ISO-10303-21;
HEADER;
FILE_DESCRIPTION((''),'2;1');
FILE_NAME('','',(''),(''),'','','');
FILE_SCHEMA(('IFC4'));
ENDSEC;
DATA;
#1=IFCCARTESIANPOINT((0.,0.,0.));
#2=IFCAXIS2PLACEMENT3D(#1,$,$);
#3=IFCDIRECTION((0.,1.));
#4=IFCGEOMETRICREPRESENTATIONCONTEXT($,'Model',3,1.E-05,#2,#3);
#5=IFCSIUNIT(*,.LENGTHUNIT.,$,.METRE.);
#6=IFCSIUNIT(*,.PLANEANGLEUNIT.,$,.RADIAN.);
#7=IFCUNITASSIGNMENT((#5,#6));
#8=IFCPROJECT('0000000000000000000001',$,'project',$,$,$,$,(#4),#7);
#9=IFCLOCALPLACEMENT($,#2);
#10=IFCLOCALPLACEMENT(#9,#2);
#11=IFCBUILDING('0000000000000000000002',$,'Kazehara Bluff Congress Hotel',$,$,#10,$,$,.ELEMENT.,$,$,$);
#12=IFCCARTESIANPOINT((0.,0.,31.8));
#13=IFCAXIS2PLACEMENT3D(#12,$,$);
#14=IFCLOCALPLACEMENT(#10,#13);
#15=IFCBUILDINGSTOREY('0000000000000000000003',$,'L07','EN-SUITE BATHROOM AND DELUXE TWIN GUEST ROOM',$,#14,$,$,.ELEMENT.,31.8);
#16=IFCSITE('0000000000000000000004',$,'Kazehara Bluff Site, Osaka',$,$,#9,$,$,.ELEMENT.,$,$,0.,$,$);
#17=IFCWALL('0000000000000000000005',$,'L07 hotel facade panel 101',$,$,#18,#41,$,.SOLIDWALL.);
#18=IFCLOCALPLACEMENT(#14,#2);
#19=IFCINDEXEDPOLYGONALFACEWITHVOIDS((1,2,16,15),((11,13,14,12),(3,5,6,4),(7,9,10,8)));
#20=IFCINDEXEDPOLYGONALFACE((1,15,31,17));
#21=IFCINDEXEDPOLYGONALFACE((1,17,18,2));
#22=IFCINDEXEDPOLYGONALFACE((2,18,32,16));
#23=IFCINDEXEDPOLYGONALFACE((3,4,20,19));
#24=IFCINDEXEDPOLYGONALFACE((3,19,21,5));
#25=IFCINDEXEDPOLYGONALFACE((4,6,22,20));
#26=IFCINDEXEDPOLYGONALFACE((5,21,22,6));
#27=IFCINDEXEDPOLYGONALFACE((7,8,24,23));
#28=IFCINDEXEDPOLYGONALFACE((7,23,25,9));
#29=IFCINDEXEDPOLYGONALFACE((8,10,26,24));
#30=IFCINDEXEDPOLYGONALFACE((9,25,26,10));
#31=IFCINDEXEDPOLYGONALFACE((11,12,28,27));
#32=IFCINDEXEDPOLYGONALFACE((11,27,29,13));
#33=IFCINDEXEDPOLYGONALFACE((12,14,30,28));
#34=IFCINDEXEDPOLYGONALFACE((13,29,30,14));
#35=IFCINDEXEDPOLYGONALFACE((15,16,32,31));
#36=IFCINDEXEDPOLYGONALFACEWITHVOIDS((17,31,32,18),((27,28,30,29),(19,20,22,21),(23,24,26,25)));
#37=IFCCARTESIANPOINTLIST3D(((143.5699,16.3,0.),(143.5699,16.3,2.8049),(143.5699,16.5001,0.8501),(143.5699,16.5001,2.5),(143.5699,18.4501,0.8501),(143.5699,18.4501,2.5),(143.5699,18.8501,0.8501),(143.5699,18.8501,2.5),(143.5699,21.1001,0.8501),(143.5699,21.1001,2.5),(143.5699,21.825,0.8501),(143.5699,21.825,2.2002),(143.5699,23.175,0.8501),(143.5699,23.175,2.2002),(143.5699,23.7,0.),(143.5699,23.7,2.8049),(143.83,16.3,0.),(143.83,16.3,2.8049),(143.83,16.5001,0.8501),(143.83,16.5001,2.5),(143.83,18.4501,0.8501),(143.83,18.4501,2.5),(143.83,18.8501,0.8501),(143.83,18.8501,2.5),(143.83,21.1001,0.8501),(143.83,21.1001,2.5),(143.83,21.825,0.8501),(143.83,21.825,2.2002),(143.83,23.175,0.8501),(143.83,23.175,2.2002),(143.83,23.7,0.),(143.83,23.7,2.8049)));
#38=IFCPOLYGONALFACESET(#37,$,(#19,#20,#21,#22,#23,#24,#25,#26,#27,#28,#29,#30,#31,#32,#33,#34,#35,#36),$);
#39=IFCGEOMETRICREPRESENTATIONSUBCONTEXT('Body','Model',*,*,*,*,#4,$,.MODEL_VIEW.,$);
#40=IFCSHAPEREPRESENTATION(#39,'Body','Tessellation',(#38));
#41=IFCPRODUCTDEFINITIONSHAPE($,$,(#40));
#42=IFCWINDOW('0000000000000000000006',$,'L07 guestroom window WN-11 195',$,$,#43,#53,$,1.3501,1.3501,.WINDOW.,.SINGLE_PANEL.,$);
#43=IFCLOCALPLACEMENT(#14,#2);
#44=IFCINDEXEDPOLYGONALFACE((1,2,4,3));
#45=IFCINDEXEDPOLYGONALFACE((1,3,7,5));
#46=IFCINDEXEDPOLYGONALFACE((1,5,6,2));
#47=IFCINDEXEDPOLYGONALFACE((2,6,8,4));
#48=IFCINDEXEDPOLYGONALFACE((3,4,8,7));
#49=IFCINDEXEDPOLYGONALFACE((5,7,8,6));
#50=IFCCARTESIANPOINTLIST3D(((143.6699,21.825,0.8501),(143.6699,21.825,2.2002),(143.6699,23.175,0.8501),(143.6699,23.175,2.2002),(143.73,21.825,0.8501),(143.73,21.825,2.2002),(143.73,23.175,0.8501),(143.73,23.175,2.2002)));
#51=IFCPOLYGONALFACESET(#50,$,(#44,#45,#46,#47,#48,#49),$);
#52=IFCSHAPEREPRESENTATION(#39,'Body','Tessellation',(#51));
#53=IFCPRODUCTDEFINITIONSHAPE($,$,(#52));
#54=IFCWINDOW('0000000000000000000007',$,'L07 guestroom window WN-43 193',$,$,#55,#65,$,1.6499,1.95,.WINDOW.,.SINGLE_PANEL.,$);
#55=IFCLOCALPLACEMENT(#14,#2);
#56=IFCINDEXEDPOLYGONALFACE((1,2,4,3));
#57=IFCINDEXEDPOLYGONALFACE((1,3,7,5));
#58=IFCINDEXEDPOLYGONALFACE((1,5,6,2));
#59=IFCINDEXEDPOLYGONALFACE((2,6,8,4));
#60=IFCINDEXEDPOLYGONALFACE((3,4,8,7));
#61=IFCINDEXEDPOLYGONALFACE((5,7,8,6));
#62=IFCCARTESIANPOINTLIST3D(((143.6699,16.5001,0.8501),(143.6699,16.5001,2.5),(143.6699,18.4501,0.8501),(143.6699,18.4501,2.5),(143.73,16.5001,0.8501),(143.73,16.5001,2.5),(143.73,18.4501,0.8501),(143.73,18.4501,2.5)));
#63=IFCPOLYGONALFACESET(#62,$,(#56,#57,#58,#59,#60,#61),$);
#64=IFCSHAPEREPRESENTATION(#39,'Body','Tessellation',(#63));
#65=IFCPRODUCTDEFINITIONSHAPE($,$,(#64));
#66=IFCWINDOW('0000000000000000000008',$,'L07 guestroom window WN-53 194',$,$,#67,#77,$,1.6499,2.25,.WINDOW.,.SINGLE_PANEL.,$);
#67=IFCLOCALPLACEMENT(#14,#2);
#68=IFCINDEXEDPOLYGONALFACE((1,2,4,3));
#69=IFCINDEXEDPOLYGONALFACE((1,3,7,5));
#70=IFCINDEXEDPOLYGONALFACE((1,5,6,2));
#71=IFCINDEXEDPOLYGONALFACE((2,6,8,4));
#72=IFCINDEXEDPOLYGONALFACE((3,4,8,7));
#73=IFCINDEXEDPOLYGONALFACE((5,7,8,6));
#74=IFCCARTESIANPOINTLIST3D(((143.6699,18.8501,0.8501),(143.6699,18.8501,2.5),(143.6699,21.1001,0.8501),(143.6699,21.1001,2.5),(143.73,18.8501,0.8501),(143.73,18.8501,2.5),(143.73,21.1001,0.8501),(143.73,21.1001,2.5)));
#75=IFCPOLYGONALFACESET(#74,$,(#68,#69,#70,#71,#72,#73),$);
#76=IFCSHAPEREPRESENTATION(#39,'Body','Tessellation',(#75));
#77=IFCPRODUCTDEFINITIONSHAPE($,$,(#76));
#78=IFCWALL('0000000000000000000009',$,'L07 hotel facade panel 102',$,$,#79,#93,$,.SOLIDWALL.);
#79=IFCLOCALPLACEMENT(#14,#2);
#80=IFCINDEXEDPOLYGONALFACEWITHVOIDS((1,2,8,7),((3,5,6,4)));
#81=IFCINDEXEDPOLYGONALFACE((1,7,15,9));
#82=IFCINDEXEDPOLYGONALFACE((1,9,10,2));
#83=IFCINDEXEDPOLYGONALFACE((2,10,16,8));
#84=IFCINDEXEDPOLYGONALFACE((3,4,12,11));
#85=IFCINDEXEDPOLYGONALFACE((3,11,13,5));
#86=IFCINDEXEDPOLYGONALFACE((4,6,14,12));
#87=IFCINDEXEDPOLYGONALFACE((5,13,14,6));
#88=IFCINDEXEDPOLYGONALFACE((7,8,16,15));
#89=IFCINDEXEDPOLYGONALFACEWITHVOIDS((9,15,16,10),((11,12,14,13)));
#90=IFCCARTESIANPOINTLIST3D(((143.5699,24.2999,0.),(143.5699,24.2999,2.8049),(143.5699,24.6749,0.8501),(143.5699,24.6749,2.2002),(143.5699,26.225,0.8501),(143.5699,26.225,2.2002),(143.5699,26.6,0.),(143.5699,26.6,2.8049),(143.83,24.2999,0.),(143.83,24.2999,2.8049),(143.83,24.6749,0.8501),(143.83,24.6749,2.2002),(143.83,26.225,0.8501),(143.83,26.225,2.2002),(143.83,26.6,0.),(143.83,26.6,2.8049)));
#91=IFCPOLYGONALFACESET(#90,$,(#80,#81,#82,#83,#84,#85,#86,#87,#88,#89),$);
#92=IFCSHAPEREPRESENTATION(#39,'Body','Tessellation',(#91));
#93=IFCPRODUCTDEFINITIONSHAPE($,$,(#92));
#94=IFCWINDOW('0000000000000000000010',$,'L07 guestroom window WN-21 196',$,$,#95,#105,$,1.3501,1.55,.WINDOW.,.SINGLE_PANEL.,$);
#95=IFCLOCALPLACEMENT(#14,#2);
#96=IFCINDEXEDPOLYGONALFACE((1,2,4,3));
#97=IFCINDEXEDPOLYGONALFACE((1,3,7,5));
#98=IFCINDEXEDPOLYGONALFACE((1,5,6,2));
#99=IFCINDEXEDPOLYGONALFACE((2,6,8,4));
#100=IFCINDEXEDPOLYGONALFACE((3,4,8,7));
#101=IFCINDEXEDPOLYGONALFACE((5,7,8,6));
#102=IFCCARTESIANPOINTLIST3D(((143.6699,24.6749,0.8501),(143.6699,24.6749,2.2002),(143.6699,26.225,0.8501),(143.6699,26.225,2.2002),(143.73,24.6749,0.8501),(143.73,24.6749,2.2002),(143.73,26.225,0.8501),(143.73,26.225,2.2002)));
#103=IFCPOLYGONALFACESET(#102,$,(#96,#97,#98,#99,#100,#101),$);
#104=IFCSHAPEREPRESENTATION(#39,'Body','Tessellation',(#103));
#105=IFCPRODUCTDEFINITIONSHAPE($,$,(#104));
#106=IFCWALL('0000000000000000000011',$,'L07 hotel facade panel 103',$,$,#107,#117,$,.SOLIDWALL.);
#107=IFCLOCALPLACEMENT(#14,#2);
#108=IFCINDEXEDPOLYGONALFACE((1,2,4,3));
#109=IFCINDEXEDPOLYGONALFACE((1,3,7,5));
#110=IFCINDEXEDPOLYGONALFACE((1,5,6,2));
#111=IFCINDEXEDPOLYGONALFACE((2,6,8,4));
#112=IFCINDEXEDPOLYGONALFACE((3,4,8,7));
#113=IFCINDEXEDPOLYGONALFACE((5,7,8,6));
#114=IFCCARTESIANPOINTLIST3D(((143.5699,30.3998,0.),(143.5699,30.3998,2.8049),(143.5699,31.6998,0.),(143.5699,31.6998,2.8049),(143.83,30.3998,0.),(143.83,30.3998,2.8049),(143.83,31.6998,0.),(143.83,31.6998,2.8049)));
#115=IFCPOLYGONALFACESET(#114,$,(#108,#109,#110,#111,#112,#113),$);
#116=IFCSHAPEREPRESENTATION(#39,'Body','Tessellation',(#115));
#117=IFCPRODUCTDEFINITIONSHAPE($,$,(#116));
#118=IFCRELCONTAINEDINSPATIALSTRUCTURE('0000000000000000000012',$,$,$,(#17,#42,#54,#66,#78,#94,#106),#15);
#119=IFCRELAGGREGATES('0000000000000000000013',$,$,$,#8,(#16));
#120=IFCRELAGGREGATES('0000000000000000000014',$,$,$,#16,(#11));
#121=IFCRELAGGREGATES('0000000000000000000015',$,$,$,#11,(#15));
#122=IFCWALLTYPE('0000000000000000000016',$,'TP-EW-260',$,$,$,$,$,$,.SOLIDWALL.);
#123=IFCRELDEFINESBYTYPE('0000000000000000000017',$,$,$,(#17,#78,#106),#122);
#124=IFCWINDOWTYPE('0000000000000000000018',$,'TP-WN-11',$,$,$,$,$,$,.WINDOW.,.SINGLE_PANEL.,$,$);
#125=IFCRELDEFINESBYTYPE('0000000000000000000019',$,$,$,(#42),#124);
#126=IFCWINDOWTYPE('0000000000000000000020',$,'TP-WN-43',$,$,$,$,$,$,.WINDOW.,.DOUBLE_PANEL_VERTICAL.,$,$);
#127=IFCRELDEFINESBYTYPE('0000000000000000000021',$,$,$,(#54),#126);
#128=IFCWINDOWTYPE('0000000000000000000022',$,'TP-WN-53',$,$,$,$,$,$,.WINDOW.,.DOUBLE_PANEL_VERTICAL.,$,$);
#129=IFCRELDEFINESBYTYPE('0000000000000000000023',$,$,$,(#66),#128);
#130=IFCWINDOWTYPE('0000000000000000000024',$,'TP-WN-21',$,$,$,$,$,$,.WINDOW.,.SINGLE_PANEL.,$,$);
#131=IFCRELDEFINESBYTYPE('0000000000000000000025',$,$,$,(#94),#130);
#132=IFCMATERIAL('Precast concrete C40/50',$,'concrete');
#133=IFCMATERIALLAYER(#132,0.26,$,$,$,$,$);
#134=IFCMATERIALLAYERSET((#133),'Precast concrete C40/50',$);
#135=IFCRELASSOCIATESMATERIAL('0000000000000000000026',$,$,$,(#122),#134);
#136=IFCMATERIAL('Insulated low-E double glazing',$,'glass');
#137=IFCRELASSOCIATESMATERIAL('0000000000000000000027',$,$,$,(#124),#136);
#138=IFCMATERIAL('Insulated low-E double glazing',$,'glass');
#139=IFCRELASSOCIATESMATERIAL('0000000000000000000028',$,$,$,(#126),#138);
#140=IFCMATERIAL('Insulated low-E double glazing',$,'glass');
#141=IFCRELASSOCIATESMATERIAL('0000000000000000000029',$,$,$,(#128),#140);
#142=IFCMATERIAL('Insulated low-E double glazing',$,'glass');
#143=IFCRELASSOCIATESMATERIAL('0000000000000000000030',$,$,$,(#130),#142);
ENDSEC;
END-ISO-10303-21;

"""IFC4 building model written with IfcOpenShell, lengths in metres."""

from ifc_helpers import new_model, si_unit, direction, frame, frame_2d, origin, place, context, subcontext, project, spatial, rectangle, extrude, material, layer, layer_set, type_object, element, fill, save


model = new_model("IFC4")

# Units and contexts
model_context = context("Model", 3, precision=1e-05, world=origin(), true_north=direction((0.0, 1.0)))
body_context = subcontext(model_context, "Body", "Model", "MODEL_VIEW")
ifc_project = project(units=[si_unit("LENGTHUNIT", "METRE"), si_unit("PLANEANGLEUNIT", "RADIAN")], contexts=[model_context])

# Site, building, storey
site_placement = place(None, origin())
site = spatial("IfcSite", under=ifc_project, at=site_placement, Name="Kazehara Bluff Site, Osaka", CompositionType="ELEMENT", RefElevation=0.0)
building_placement = place(site_placement, origin())
building = spatial("IfcBuilding", under=site, at=building_placement, Name="Kazehara Bluff Congress Hotel", CompositionType="ELEMENT")
storey_placement = place(building_placement, frame((0.0, 0.0, 31.8)))
storey = spatial("IfcBuildingStorey", under=building, at=storey_placement, Name="L07", Description="EN-SUITE BATHROOM AND DELUXE TWIN GUEST ROOM", CompositionType="ELEMENT", Elevation=31.8)

# Wall, openings, windows
ifc_material_1 = material(Name="Precast concrete C40/50", Category="concrete")
ifc_layer = layer(ifc_material_1, 0.26)
ifc_layer_set = layer_set([ifc_layer], Name="Precast concrete C40/50")
wall_type = type_object("IfcWallType", Name="TP-EW-260", PredefinedType="SOLIDWALL", material=ifc_layer_set)
wall_1_placement = place(storey_placement, frame((143.7, 16.3, 0.0), z_axis=(0.0, 0.0, 1.0), x_axis=(0.0, 1.0, 0.0)))
wall_1 = element("IfcWall", 1, at=wall_1_placement, inside=storey, type_object=wall_type, Name="L07 hotel facade panel 101", PredefinedType="SOLIDWALL", context=body_context, shape_type="SweptSolid", body=[
    extrude(rectangle(XDim=7.3999, YDim=0.26, at=frame_2d((3.7, 0.0))), origin(), (0.0, 0.0, 1.0), 2.8049),
])
opening_1_placement = place(wall_1_placement, frame((0.2, 0.0, 0.8501)))
opening_1 = element("IfcOpeningElement", 2, at=opening_1_placement, cuts=wall_1, PredefinedType="OPENING", context=body_context, shape_type="SweptSolid", body=[
    extrude(rectangle(XDim=1.95, YDim=1.6499, at=frame_2d((0.9751, 0.825))), frame((0.0, 0.1399, 0.0), z_axis=(0.0, -1.0, 0.0), x_axis=(1.0, 0.0, 0.0)), (0.0, 0.0, 1.0), 0.28),
])
opening_2_placement = place(wall_1_placement, frame((2.55, 0.0, 0.8501)))
opening_2 = element("IfcOpeningElement", 3, at=opening_2_placement, cuts=wall_1, PredefinedType="OPENING", context=body_context, shape_type="SweptSolid", body=[
    extrude(rectangle(XDim=2.25, YDim=1.6499, at=frame_2d((1.125, 0.825))), frame((0.0, 0.1399, 0.0), z_axis=(0.0, -1.0, 0.0), x_axis=(1.0, 0.0, 0.0)), (0.0, 0.0, 1.0), 0.28),
])
opening_3_placement = place(wall_1_placement, frame((5.5249, 0.0, 0.8501)))
opening_3 = element("IfcOpeningElement", 4, at=opening_3_placement, cuts=wall_1, PredefinedType="OPENING", context=body_context, shape_type="SweptSolid", body=[
    extrude(rectangle(XDim=1.3501, YDim=1.3501, at=frame_2d((0.675, 0.675))), frame((0.0, 0.1399, 0.0), z_axis=(0.0, -1.0, 0.0), x_axis=(1.0, 0.0, 0.0)), (0.0, 0.0, 1.0), 0.28),
])
ifc_material_2 = material(Name="Insulated low-E double glazing", Category="glass")
window_type_1 = type_object("IfcWindowType", Name="TP-WN-11", PartitioningType="SINGLE_PANEL", PredefinedType="WINDOW", material=ifc_material_2)
window_1_placement = place(opening_3_placement, origin())
window_1 = element("IfcWindow", 5, at=window_1_placement, inside=storey, type_object=window_type_1, Name="L07 guestroom window WN-11 195", OverallHeight=1.3501, OverallWidth=1.3501, PartitioningType="SINGLE_PANEL", PredefinedType="WINDOW", context=body_context, shape_type="SweptSolid", body=[
    extrude(rectangle(XDim=1.3501, YDim=1.3501, at=frame_2d((0.675, 0.675))), frame((0.0, 0.03, 0.0), z_axis=(0.0, -1.0, 0.0), x_axis=(1.0, 0.0, 0.0)), (0.0, 0.0, 1.0), 0.0601),
])
fill(opening_3, window_1)
ifc_material_3 = material(Name="Insulated low-E double glazing", Category="glass")
window_type_2 = type_object("IfcWindowType", Name="TP-WN-43", PartitioningType="DOUBLE_PANEL_VERTICAL", PredefinedType="WINDOW", material=ifc_material_3)
window_2_placement = place(opening_1_placement, origin())
window_2 = element("IfcWindow", 6, at=window_2_placement, inside=storey, type_object=window_type_2, Name="L07 guestroom window WN-43 193", OverallHeight=1.6499, OverallWidth=1.95, PartitioningType="SINGLE_PANEL", PredefinedType="WINDOW", context=body_context, shape_type="SweptSolid", body=[
    extrude(rectangle(XDim=1.95, YDim=1.6499, at=frame_2d((0.9751, 0.825))), frame((0.0, 0.03, 0.0), z_axis=(0.0, -1.0, 0.0), x_axis=(1.0, 0.0, 0.0)), (0.0, 0.0, 1.0), 0.0601),
])
fill(opening_1, window_2)
ifc_material_4 = material(Name="Insulated low-E double glazing", Category="glass")
window_type_3 = type_object("IfcWindowType", Name="TP-WN-53", PartitioningType="DOUBLE_PANEL_VERTICAL", PredefinedType="WINDOW", material=ifc_material_4)
window_3_placement = place(opening_2_placement, origin())
window_3 = element("IfcWindow", 7, at=window_3_placement, inside=storey, type_object=window_type_3, Name="L07 guestroom window WN-53 194", OverallHeight=1.6499, OverallWidth=2.25, PartitioningType="SINGLE_PANEL", PredefinedType="WINDOW", context=body_context, shape_type="SweptSolid", body=[
    extrude(rectangle(XDim=2.25, YDim=1.6499, at=frame_2d((1.125, 0.825))), frame((0.0, 0.03, 0.0), z_axis=(0.0, -1.0, 0.0), x_axis=(1.0, 0.0, 0.0)), (0.0, 0.0, 1.0), 0.0601),
])
fill(opening_2, window_3)

# Wall, opening, window
wall_2_placement = place(storey_placement, frame((143.7, 24.3, 0.0), z_axis=(0.0, 0.0, 1.0), x_axis=(0.0, 1.0, 0.0)))
wall_2 = element("IfcWall", 8, at=wall_2_placement, inside=storey, type_object=wall_type, Name="L07 hotel facade panel 102", PredefinedType="SOLIDWALL", context=body_context, shape_type="SweptSolid", body=[
    extrude(rectangle(XDim=2.3, YDim=0.26, at=frame_2d((1.1499, 0.0))), origin(), (0.0, 0.0, 1.0), 2.8049),
])
opening_4_placement = place(wall_2_placement, frame((0.375, 0.0, 0.8501)))
opening_4 = element("IfcOpeningElement", 9, at=opening_4_placement, cuts=wall_2, PredefinedType="OPENING", context=body_context, shape_type="SweptSolid", body=[
    extrude(rectangle(XDim=1.55, YDim=1.3501, at=frame_2d((0.7749, 0.675))), frame((0.0, 0.1399, 0.0), z_axis=(0.0, -1.0, 0.0), x_axis=(1.0, 0.0, 0.0)), (0.0, 0.0, 1.0), 0.28),
])
ifc_material_5 = material(Name="Insulated low-E double glazing", Category="glass")
window_type_4 = type_object("IfcWindowType", Name="TP-WN-21", PartitioningType="SINGLE_PANEL", PredefinedType="WINDOW", material=ifc_material_5)
window_4_placement = place(opening_4_placement, origin())
window_4 = element("IfcWindow", 10, at=window_4_placement, inside=storey, type_object=window_type_4, Name="L07 guestroom window WN-21 196", OverallHeight=1.3501, OverallWidth=1.55, PartitioningType="SINGLE_PANEL", PredefinedType="WINDOW", context=body_context, shape_type="SweptSolid", body=[
    extrude(rectangle(XDim=1.55, YDim=1.3501, at=frame_2d((0.7749, 0.675))), frame((0.0, 0.03, 0.0), z_axis=(0.0, -1.0, 0.0), x_axis=(1.0, 0.0, 0.0)), (0.0, 0.0, 1.0), 0.0601),
])
fill(opening_4, window_4)

# Wall
wall_3_placement = place(storey_placement, frame((143.7, 30.3999, 0.0), z_axis=(0.0, 0.0, 1.0), x_axis=(0.0, 1.0, 0.0)))
element("IfcWall", 11, at=wall_3_placement, inside=storey, type_object=wall_type, Name="L07 hotel facade panel 103", PredefinedType="SOLIDWALL", context=body_context, shape_type="SweptSolid", body=[
    extrude(rectangle(XDim=1.3, YDim=0.26, at=frame_2d((0.6499, 0.0))), origin(), (0.0, 0.0, 1.0), 2.8049),
])

save(model, "model.ifc")
